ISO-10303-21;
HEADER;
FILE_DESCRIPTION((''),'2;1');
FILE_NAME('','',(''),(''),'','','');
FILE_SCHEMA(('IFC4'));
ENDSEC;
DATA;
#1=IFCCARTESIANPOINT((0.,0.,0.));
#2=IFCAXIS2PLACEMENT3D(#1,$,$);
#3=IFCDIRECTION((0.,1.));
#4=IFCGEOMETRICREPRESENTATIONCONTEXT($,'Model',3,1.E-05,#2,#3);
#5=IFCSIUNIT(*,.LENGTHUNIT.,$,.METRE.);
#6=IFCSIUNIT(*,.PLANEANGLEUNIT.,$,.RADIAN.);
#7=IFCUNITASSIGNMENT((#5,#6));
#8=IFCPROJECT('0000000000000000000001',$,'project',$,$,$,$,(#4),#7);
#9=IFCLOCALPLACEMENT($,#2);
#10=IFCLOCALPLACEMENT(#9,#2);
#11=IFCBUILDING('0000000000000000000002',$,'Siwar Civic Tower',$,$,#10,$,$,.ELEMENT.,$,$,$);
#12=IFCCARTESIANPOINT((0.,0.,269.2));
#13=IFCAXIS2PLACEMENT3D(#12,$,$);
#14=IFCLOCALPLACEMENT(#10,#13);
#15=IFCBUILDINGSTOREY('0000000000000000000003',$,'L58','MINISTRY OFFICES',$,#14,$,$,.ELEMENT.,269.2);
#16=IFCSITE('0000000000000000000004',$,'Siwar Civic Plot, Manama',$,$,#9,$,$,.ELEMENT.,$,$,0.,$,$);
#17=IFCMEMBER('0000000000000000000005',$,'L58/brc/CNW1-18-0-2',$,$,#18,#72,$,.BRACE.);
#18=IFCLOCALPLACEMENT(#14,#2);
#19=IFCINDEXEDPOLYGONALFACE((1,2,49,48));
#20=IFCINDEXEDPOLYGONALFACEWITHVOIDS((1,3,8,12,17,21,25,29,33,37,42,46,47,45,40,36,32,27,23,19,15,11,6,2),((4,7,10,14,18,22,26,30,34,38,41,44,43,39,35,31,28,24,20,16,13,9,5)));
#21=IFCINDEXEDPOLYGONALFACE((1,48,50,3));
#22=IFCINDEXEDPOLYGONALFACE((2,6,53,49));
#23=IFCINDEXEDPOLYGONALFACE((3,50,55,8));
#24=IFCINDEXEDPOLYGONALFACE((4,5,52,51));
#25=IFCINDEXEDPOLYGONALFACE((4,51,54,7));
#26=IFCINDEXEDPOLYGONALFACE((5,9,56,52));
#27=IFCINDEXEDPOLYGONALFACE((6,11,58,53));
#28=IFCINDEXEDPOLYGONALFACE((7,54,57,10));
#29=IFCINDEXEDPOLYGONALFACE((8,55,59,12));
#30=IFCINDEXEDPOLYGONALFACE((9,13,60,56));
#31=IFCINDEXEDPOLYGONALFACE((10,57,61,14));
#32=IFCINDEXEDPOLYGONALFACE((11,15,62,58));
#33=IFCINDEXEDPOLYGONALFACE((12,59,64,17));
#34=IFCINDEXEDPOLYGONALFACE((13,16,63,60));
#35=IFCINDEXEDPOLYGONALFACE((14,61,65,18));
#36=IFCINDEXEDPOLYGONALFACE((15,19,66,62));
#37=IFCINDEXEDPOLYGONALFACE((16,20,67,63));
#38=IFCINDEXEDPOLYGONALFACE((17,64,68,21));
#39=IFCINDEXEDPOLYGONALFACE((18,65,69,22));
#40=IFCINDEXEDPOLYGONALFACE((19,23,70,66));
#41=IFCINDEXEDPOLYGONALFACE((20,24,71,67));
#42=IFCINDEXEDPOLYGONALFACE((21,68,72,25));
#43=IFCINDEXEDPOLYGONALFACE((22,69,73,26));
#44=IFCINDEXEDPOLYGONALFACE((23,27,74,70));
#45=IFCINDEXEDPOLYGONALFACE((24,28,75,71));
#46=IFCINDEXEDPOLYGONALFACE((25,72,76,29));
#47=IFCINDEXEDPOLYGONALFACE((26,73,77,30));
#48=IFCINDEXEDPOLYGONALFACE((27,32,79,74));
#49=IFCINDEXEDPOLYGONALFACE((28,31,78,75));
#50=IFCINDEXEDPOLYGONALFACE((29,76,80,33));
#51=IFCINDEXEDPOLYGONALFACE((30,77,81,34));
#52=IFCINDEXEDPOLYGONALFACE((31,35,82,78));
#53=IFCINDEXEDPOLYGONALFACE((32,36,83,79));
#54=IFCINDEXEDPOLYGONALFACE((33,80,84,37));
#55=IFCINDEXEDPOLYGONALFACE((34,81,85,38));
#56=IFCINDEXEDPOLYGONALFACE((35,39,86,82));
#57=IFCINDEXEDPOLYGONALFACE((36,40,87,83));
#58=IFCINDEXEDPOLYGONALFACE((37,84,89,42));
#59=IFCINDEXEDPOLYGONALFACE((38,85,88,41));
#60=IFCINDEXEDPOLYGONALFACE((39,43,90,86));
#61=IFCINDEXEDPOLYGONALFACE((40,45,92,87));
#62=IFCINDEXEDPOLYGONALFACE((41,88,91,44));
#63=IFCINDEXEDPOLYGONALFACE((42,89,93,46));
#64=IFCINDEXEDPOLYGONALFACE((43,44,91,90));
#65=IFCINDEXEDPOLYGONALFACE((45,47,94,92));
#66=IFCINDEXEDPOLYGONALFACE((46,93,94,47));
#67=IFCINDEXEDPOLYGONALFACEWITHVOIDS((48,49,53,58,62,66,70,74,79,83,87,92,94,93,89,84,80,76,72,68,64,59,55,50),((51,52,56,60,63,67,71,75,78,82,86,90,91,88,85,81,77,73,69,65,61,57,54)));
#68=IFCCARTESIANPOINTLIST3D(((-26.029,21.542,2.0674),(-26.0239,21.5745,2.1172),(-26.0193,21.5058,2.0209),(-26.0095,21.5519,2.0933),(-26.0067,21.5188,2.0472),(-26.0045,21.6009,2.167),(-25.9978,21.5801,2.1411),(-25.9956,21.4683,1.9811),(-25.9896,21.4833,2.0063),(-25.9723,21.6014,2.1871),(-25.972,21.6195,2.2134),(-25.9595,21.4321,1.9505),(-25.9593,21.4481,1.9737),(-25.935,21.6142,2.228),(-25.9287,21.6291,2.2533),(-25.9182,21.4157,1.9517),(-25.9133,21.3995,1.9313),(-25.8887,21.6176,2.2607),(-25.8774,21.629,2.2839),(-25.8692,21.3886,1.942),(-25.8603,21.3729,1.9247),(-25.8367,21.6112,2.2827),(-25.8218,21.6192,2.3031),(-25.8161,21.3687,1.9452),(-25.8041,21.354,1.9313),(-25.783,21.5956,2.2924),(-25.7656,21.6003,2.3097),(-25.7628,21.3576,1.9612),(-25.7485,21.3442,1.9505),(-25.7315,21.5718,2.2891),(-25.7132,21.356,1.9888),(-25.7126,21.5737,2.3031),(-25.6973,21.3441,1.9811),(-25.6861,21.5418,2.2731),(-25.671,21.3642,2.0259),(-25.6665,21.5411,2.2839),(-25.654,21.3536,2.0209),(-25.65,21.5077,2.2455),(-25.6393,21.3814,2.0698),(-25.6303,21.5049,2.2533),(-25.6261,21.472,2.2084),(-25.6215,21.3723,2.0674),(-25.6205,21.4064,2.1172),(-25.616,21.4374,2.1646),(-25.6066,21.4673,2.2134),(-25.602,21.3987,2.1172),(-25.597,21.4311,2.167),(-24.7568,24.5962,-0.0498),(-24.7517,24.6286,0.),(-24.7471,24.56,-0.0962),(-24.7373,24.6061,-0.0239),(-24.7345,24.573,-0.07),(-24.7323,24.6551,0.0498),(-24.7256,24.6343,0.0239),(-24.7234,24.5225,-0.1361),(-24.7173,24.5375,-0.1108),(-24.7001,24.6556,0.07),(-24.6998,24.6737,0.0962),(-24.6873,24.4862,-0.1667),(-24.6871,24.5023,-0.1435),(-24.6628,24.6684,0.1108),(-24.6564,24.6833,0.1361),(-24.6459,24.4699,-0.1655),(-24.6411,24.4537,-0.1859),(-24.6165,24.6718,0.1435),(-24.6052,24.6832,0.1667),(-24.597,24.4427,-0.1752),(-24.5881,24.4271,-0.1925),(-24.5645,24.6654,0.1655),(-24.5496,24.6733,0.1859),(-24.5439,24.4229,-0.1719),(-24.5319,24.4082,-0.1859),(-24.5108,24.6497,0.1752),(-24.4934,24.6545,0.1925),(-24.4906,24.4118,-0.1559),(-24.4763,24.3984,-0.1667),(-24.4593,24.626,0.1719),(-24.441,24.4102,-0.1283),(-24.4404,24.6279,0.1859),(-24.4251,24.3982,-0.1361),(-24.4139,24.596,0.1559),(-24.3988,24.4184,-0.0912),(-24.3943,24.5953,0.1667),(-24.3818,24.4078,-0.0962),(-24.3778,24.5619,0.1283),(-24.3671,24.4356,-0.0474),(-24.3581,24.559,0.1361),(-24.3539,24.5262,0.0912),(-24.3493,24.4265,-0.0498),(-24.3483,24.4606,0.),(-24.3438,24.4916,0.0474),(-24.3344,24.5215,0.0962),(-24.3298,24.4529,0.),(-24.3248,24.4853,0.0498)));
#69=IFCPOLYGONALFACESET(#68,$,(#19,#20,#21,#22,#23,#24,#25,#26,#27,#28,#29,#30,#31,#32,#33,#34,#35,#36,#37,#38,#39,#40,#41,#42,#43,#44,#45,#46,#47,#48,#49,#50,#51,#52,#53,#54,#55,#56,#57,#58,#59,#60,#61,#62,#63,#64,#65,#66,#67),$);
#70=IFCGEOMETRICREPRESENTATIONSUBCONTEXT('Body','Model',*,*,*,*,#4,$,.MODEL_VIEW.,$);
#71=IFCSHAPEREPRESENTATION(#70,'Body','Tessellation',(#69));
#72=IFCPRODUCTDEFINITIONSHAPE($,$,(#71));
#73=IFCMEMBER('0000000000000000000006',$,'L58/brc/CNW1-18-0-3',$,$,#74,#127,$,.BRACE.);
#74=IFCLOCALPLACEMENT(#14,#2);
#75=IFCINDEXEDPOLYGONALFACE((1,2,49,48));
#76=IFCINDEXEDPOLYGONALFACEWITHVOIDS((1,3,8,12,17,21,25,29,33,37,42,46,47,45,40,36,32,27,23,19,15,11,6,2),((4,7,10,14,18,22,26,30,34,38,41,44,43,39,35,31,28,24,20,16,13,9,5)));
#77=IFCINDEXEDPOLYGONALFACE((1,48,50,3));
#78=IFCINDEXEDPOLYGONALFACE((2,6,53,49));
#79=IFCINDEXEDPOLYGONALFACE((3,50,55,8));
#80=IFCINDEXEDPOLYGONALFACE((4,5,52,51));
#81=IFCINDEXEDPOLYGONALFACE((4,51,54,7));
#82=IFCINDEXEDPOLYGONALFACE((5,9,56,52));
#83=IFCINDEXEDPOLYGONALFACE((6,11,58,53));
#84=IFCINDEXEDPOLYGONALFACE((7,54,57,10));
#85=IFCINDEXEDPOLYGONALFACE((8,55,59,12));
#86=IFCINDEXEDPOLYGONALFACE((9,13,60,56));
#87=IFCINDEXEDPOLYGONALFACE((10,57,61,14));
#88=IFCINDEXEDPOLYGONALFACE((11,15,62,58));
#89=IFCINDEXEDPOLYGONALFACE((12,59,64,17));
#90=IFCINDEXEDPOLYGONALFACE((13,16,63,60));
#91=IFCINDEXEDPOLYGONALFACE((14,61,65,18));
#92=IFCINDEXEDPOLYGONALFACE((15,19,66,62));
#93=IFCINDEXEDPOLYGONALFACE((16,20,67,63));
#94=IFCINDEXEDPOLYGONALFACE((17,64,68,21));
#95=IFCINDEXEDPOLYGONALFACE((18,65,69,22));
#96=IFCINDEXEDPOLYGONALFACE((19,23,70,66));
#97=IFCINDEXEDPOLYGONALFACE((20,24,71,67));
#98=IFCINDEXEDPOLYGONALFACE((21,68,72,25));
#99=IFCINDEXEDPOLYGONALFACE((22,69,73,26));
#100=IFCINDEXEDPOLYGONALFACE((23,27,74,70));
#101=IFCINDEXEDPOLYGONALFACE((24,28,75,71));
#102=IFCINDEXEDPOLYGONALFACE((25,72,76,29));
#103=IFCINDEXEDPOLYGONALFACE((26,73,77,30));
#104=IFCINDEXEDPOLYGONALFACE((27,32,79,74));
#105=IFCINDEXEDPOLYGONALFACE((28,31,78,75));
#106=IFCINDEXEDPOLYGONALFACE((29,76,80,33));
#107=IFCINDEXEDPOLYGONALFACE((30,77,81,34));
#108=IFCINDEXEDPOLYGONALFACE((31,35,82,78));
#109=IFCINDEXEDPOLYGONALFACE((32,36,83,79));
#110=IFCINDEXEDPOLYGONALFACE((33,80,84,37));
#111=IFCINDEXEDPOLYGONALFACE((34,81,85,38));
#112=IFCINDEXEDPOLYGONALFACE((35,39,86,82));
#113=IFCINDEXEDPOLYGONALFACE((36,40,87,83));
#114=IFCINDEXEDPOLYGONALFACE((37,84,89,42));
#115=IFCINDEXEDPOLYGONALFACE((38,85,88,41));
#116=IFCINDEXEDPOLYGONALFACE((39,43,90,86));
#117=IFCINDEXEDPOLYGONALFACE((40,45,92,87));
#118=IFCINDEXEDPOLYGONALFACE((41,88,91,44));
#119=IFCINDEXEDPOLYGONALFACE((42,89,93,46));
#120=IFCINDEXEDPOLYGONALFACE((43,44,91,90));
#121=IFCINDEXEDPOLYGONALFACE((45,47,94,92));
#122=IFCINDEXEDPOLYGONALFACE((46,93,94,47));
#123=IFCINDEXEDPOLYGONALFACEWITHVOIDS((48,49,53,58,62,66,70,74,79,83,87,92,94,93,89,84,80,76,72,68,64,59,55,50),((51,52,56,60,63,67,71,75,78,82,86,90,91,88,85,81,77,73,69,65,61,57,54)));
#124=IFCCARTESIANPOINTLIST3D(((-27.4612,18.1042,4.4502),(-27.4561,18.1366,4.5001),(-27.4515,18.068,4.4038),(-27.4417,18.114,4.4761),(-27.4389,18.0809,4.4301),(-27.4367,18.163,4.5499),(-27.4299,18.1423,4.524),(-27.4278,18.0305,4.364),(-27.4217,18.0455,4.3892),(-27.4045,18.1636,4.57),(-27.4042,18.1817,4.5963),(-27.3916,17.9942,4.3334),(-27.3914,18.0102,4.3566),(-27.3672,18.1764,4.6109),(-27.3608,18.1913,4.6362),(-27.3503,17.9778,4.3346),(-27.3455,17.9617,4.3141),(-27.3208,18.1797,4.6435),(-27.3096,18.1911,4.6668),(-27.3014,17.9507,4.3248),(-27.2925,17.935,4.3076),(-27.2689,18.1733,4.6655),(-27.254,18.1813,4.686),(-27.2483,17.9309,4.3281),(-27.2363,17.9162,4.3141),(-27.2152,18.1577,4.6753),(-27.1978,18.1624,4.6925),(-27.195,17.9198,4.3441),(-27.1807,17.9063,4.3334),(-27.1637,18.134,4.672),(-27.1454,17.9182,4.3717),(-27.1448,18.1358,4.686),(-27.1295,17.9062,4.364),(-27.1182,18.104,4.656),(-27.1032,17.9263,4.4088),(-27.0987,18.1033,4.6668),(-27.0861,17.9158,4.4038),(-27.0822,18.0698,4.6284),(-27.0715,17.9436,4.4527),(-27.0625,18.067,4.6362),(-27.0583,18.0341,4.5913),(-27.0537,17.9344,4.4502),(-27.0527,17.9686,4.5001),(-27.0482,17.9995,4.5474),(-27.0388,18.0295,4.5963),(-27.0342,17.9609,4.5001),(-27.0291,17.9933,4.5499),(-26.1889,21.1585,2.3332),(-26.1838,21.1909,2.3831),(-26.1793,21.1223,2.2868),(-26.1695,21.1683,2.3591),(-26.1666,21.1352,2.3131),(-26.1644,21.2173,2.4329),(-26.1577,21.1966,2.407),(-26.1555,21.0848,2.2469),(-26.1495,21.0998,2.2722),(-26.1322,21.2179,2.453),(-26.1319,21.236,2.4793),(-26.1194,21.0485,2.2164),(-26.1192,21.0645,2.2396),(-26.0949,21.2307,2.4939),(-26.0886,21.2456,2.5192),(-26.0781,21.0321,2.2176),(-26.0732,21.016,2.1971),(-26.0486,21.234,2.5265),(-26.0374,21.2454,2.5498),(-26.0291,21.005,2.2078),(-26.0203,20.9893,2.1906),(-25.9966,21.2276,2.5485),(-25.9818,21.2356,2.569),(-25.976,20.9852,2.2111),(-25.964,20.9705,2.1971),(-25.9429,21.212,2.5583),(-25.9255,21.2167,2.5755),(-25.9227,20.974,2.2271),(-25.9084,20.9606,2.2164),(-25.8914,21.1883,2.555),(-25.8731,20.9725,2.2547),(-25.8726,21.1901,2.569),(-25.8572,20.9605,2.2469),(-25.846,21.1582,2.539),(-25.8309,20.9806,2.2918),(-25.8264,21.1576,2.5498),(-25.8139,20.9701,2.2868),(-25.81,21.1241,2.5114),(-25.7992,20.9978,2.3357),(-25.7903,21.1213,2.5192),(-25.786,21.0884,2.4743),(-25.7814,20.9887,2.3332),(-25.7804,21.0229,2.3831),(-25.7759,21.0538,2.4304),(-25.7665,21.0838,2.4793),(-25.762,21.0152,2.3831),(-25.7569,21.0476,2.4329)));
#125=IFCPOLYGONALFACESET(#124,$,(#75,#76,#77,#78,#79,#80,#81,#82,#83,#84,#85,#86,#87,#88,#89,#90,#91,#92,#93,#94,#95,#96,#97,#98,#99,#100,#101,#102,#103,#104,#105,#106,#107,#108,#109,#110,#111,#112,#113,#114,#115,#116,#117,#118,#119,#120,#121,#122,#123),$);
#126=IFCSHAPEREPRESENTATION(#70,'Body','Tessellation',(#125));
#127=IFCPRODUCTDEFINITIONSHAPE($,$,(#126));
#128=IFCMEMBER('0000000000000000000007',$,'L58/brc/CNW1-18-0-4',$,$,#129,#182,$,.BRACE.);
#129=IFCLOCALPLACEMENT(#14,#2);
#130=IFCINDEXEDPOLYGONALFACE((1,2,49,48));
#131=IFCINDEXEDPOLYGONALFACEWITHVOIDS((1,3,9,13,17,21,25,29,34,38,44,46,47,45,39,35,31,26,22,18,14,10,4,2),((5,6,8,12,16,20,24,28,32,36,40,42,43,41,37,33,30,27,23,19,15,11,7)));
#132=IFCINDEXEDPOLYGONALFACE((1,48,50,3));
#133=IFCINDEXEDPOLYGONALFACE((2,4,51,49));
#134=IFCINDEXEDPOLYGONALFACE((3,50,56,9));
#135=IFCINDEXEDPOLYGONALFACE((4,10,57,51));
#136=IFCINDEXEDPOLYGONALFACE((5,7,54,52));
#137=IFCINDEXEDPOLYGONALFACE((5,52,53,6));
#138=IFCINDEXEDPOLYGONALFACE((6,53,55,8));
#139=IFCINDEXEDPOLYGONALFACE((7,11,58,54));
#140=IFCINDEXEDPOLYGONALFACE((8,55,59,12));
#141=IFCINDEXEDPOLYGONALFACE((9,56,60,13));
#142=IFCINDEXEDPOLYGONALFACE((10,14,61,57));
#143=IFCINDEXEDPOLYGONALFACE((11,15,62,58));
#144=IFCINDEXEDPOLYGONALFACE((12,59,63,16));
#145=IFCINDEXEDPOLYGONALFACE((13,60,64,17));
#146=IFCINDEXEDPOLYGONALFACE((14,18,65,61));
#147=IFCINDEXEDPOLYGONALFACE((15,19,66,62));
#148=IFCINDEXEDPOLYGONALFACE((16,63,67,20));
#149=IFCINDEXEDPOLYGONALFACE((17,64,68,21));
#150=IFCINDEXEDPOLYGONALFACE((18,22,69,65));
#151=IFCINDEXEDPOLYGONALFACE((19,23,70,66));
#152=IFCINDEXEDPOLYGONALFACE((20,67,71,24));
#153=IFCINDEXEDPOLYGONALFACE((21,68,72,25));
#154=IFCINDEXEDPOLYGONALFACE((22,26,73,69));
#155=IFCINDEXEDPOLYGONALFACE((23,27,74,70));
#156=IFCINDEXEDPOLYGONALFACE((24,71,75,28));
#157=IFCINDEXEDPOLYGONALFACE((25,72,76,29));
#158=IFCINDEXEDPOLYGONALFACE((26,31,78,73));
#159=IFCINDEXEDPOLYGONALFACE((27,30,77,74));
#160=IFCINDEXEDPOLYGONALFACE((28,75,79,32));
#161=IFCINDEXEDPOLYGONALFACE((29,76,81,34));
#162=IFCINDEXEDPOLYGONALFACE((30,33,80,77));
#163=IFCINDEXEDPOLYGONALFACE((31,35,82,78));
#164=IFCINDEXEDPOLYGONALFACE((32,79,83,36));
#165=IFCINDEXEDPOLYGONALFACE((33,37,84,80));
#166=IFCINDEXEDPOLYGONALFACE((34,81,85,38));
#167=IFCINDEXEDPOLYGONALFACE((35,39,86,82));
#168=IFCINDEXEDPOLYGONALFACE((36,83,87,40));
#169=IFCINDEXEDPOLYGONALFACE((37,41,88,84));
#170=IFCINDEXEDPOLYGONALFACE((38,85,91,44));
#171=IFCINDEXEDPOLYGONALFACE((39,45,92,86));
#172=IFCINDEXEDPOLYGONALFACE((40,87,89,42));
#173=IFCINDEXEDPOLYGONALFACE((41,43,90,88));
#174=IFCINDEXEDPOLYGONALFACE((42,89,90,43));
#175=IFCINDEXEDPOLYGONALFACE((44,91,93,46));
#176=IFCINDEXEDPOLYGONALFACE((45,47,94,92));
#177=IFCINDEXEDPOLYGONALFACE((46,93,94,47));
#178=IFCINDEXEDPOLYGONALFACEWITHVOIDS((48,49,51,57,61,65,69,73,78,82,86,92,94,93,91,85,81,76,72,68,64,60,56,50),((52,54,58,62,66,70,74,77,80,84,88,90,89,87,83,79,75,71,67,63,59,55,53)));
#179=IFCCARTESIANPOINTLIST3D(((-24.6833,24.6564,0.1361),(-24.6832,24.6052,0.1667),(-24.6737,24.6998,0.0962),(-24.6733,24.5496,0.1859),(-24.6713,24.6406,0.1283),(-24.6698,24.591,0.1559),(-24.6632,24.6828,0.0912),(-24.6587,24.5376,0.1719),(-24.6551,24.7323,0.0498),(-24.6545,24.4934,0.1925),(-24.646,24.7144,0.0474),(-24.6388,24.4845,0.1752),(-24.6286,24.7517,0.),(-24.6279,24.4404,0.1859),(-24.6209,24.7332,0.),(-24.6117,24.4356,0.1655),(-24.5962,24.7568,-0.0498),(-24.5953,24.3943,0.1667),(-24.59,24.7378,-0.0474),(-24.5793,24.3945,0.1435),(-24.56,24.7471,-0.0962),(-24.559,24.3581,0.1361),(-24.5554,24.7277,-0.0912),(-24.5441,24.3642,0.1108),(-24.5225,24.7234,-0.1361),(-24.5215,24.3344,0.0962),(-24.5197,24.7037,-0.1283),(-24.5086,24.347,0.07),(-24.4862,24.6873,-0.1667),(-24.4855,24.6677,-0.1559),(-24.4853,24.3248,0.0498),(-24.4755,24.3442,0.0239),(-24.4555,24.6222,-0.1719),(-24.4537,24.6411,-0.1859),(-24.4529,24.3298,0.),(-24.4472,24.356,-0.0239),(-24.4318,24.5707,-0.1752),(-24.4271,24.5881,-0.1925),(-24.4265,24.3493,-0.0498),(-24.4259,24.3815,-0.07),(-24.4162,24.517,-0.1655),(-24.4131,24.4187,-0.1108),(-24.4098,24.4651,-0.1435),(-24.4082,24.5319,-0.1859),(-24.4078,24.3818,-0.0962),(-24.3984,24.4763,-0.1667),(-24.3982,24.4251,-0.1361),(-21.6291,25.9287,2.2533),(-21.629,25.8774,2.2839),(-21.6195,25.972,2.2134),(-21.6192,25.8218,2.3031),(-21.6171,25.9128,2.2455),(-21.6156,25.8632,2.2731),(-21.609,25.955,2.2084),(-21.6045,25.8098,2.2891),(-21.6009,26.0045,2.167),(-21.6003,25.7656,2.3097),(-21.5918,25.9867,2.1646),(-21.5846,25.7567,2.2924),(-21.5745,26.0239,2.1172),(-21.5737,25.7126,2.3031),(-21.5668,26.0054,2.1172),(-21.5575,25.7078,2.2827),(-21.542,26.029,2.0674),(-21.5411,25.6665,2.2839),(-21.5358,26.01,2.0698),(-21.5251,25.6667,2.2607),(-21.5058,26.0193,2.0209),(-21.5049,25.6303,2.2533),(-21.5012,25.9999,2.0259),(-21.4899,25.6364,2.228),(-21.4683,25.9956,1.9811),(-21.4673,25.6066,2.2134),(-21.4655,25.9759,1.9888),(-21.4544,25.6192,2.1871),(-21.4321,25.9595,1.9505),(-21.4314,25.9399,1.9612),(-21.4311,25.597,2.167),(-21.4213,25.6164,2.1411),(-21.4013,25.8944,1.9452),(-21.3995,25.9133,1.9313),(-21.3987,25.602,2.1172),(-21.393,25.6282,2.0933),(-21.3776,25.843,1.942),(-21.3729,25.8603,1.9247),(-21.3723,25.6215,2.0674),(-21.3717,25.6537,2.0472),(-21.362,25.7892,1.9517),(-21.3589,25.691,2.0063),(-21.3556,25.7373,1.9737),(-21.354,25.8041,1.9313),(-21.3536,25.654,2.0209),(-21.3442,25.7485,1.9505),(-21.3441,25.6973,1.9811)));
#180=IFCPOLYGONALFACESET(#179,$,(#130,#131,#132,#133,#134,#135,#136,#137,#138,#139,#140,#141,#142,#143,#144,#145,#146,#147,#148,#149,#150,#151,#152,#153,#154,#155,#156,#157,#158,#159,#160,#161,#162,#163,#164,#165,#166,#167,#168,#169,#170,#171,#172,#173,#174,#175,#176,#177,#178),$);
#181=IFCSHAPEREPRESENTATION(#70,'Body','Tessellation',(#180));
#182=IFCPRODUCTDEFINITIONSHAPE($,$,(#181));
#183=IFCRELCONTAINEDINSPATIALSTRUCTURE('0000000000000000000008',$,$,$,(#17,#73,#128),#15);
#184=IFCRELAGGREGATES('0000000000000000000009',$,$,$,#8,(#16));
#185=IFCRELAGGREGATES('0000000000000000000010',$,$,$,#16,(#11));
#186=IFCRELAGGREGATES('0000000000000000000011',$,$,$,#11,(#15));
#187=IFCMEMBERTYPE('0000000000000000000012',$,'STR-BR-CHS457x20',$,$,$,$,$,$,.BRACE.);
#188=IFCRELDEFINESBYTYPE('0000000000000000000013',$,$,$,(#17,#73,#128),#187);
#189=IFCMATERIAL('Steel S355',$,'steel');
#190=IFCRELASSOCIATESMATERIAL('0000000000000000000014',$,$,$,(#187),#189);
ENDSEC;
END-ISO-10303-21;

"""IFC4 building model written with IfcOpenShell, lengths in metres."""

from ifc_helpers import new_model, si_unit, direction, frame, origin, origin_2d, place, context, subcontext, project, spatial, hollow_circle, extrude, material, material_profile, profile_set, type_object, element, save


model = new_model("IFC4")

# Units and contexts
model_context = context("Model", 3, precision=1e-05, world=origin(), true_north=direction((0.0, 1.0)))
body_context = subcontext(model_context, "Body", "Model", "MODEL_VIEW")
ifc_project = project(units=[si_unit("LENGTHUNIT", "METRE"), si_unit("PLANEANGLEUNIT", "RADIAN")], contexts=[model_context])

# Site, building, storey
site_placement = place(None, origin())
site = spatial("IfcSite", under=ifc_project, at=site_placement, Name="Siwar Civic Plot, Manama", CompositionType="ELEMENT", RefElevation=0.0)
building_placement = place(site_placement, origin())
building = spatial("IfcBuilding", under=site, at=building_placement, Name="Siwar Civic Tower", CompositionType="ELEMENT")
storey_placement = place(building_placement, frame((0.0, 0.0, 269.2)))
storey = spatial("IfcBuildingStorey", under=building, at=storey_placement, Name="L58", Description="MINISTRY OFFICES", CompositionType="ELEMENT", Elevation=269.2)

# Members
ifc_material_1 = material(Name="Steel S355", Category="steel")
ifc_material_profile_1 = material_profile(ifc_material_1, hollow_circle(Radius=0.2285, WallThickness=0.02, at=origin_2d()), Name="CHS457x20")
ifc_profile_set_1 = profile_set([ifc_material_profile_1], Name="Steel S355")
member_type_1 = type_object("IfcMemberType", Name="STR-BR-CHS457x20", PredefinedType="BRACE", material=ifc_profile_set_1)
for number, where, z_axis, x_axis, name in (
    (1, (-24.5408, 24.5408, 0.0), (-0.323884, -0.777546, 0.538999), (0.923116, -0.384521, 0.0), "L58/brc/CNW1-18-0-2"),
    (2, (-25.9729, 21.103, 2.3831), (-0.323895, -0.777572, 0.538955), (0.923116, -0.384521, 0.0), "L58/brc/CNW1-18-0-3"),
    (3, (-24.5408, 24.5408, 0.0), (0.777546, 0.323884, 0.538999), (-0.384521, 0.923116, 0.0), "L58/brc/CNW1-18-0-4"),
):
    element("IfcMember", number, at=place(storey_placement, frame(where, z_axis=z_axis, x_axis=x_axis)), inside=storey, type_object=member_type_1, Name=name, PredefinedType="BRACE", context=body_context, shape_type="SweptSolid", body=[
        extrude(hollow_circle(Radius=0.2285, WallThickness=0.02, at=origin_2d()), origin(), (0.0, 0.0, 1.0), 3.928),
    ])

save(model, "model.ifc")
